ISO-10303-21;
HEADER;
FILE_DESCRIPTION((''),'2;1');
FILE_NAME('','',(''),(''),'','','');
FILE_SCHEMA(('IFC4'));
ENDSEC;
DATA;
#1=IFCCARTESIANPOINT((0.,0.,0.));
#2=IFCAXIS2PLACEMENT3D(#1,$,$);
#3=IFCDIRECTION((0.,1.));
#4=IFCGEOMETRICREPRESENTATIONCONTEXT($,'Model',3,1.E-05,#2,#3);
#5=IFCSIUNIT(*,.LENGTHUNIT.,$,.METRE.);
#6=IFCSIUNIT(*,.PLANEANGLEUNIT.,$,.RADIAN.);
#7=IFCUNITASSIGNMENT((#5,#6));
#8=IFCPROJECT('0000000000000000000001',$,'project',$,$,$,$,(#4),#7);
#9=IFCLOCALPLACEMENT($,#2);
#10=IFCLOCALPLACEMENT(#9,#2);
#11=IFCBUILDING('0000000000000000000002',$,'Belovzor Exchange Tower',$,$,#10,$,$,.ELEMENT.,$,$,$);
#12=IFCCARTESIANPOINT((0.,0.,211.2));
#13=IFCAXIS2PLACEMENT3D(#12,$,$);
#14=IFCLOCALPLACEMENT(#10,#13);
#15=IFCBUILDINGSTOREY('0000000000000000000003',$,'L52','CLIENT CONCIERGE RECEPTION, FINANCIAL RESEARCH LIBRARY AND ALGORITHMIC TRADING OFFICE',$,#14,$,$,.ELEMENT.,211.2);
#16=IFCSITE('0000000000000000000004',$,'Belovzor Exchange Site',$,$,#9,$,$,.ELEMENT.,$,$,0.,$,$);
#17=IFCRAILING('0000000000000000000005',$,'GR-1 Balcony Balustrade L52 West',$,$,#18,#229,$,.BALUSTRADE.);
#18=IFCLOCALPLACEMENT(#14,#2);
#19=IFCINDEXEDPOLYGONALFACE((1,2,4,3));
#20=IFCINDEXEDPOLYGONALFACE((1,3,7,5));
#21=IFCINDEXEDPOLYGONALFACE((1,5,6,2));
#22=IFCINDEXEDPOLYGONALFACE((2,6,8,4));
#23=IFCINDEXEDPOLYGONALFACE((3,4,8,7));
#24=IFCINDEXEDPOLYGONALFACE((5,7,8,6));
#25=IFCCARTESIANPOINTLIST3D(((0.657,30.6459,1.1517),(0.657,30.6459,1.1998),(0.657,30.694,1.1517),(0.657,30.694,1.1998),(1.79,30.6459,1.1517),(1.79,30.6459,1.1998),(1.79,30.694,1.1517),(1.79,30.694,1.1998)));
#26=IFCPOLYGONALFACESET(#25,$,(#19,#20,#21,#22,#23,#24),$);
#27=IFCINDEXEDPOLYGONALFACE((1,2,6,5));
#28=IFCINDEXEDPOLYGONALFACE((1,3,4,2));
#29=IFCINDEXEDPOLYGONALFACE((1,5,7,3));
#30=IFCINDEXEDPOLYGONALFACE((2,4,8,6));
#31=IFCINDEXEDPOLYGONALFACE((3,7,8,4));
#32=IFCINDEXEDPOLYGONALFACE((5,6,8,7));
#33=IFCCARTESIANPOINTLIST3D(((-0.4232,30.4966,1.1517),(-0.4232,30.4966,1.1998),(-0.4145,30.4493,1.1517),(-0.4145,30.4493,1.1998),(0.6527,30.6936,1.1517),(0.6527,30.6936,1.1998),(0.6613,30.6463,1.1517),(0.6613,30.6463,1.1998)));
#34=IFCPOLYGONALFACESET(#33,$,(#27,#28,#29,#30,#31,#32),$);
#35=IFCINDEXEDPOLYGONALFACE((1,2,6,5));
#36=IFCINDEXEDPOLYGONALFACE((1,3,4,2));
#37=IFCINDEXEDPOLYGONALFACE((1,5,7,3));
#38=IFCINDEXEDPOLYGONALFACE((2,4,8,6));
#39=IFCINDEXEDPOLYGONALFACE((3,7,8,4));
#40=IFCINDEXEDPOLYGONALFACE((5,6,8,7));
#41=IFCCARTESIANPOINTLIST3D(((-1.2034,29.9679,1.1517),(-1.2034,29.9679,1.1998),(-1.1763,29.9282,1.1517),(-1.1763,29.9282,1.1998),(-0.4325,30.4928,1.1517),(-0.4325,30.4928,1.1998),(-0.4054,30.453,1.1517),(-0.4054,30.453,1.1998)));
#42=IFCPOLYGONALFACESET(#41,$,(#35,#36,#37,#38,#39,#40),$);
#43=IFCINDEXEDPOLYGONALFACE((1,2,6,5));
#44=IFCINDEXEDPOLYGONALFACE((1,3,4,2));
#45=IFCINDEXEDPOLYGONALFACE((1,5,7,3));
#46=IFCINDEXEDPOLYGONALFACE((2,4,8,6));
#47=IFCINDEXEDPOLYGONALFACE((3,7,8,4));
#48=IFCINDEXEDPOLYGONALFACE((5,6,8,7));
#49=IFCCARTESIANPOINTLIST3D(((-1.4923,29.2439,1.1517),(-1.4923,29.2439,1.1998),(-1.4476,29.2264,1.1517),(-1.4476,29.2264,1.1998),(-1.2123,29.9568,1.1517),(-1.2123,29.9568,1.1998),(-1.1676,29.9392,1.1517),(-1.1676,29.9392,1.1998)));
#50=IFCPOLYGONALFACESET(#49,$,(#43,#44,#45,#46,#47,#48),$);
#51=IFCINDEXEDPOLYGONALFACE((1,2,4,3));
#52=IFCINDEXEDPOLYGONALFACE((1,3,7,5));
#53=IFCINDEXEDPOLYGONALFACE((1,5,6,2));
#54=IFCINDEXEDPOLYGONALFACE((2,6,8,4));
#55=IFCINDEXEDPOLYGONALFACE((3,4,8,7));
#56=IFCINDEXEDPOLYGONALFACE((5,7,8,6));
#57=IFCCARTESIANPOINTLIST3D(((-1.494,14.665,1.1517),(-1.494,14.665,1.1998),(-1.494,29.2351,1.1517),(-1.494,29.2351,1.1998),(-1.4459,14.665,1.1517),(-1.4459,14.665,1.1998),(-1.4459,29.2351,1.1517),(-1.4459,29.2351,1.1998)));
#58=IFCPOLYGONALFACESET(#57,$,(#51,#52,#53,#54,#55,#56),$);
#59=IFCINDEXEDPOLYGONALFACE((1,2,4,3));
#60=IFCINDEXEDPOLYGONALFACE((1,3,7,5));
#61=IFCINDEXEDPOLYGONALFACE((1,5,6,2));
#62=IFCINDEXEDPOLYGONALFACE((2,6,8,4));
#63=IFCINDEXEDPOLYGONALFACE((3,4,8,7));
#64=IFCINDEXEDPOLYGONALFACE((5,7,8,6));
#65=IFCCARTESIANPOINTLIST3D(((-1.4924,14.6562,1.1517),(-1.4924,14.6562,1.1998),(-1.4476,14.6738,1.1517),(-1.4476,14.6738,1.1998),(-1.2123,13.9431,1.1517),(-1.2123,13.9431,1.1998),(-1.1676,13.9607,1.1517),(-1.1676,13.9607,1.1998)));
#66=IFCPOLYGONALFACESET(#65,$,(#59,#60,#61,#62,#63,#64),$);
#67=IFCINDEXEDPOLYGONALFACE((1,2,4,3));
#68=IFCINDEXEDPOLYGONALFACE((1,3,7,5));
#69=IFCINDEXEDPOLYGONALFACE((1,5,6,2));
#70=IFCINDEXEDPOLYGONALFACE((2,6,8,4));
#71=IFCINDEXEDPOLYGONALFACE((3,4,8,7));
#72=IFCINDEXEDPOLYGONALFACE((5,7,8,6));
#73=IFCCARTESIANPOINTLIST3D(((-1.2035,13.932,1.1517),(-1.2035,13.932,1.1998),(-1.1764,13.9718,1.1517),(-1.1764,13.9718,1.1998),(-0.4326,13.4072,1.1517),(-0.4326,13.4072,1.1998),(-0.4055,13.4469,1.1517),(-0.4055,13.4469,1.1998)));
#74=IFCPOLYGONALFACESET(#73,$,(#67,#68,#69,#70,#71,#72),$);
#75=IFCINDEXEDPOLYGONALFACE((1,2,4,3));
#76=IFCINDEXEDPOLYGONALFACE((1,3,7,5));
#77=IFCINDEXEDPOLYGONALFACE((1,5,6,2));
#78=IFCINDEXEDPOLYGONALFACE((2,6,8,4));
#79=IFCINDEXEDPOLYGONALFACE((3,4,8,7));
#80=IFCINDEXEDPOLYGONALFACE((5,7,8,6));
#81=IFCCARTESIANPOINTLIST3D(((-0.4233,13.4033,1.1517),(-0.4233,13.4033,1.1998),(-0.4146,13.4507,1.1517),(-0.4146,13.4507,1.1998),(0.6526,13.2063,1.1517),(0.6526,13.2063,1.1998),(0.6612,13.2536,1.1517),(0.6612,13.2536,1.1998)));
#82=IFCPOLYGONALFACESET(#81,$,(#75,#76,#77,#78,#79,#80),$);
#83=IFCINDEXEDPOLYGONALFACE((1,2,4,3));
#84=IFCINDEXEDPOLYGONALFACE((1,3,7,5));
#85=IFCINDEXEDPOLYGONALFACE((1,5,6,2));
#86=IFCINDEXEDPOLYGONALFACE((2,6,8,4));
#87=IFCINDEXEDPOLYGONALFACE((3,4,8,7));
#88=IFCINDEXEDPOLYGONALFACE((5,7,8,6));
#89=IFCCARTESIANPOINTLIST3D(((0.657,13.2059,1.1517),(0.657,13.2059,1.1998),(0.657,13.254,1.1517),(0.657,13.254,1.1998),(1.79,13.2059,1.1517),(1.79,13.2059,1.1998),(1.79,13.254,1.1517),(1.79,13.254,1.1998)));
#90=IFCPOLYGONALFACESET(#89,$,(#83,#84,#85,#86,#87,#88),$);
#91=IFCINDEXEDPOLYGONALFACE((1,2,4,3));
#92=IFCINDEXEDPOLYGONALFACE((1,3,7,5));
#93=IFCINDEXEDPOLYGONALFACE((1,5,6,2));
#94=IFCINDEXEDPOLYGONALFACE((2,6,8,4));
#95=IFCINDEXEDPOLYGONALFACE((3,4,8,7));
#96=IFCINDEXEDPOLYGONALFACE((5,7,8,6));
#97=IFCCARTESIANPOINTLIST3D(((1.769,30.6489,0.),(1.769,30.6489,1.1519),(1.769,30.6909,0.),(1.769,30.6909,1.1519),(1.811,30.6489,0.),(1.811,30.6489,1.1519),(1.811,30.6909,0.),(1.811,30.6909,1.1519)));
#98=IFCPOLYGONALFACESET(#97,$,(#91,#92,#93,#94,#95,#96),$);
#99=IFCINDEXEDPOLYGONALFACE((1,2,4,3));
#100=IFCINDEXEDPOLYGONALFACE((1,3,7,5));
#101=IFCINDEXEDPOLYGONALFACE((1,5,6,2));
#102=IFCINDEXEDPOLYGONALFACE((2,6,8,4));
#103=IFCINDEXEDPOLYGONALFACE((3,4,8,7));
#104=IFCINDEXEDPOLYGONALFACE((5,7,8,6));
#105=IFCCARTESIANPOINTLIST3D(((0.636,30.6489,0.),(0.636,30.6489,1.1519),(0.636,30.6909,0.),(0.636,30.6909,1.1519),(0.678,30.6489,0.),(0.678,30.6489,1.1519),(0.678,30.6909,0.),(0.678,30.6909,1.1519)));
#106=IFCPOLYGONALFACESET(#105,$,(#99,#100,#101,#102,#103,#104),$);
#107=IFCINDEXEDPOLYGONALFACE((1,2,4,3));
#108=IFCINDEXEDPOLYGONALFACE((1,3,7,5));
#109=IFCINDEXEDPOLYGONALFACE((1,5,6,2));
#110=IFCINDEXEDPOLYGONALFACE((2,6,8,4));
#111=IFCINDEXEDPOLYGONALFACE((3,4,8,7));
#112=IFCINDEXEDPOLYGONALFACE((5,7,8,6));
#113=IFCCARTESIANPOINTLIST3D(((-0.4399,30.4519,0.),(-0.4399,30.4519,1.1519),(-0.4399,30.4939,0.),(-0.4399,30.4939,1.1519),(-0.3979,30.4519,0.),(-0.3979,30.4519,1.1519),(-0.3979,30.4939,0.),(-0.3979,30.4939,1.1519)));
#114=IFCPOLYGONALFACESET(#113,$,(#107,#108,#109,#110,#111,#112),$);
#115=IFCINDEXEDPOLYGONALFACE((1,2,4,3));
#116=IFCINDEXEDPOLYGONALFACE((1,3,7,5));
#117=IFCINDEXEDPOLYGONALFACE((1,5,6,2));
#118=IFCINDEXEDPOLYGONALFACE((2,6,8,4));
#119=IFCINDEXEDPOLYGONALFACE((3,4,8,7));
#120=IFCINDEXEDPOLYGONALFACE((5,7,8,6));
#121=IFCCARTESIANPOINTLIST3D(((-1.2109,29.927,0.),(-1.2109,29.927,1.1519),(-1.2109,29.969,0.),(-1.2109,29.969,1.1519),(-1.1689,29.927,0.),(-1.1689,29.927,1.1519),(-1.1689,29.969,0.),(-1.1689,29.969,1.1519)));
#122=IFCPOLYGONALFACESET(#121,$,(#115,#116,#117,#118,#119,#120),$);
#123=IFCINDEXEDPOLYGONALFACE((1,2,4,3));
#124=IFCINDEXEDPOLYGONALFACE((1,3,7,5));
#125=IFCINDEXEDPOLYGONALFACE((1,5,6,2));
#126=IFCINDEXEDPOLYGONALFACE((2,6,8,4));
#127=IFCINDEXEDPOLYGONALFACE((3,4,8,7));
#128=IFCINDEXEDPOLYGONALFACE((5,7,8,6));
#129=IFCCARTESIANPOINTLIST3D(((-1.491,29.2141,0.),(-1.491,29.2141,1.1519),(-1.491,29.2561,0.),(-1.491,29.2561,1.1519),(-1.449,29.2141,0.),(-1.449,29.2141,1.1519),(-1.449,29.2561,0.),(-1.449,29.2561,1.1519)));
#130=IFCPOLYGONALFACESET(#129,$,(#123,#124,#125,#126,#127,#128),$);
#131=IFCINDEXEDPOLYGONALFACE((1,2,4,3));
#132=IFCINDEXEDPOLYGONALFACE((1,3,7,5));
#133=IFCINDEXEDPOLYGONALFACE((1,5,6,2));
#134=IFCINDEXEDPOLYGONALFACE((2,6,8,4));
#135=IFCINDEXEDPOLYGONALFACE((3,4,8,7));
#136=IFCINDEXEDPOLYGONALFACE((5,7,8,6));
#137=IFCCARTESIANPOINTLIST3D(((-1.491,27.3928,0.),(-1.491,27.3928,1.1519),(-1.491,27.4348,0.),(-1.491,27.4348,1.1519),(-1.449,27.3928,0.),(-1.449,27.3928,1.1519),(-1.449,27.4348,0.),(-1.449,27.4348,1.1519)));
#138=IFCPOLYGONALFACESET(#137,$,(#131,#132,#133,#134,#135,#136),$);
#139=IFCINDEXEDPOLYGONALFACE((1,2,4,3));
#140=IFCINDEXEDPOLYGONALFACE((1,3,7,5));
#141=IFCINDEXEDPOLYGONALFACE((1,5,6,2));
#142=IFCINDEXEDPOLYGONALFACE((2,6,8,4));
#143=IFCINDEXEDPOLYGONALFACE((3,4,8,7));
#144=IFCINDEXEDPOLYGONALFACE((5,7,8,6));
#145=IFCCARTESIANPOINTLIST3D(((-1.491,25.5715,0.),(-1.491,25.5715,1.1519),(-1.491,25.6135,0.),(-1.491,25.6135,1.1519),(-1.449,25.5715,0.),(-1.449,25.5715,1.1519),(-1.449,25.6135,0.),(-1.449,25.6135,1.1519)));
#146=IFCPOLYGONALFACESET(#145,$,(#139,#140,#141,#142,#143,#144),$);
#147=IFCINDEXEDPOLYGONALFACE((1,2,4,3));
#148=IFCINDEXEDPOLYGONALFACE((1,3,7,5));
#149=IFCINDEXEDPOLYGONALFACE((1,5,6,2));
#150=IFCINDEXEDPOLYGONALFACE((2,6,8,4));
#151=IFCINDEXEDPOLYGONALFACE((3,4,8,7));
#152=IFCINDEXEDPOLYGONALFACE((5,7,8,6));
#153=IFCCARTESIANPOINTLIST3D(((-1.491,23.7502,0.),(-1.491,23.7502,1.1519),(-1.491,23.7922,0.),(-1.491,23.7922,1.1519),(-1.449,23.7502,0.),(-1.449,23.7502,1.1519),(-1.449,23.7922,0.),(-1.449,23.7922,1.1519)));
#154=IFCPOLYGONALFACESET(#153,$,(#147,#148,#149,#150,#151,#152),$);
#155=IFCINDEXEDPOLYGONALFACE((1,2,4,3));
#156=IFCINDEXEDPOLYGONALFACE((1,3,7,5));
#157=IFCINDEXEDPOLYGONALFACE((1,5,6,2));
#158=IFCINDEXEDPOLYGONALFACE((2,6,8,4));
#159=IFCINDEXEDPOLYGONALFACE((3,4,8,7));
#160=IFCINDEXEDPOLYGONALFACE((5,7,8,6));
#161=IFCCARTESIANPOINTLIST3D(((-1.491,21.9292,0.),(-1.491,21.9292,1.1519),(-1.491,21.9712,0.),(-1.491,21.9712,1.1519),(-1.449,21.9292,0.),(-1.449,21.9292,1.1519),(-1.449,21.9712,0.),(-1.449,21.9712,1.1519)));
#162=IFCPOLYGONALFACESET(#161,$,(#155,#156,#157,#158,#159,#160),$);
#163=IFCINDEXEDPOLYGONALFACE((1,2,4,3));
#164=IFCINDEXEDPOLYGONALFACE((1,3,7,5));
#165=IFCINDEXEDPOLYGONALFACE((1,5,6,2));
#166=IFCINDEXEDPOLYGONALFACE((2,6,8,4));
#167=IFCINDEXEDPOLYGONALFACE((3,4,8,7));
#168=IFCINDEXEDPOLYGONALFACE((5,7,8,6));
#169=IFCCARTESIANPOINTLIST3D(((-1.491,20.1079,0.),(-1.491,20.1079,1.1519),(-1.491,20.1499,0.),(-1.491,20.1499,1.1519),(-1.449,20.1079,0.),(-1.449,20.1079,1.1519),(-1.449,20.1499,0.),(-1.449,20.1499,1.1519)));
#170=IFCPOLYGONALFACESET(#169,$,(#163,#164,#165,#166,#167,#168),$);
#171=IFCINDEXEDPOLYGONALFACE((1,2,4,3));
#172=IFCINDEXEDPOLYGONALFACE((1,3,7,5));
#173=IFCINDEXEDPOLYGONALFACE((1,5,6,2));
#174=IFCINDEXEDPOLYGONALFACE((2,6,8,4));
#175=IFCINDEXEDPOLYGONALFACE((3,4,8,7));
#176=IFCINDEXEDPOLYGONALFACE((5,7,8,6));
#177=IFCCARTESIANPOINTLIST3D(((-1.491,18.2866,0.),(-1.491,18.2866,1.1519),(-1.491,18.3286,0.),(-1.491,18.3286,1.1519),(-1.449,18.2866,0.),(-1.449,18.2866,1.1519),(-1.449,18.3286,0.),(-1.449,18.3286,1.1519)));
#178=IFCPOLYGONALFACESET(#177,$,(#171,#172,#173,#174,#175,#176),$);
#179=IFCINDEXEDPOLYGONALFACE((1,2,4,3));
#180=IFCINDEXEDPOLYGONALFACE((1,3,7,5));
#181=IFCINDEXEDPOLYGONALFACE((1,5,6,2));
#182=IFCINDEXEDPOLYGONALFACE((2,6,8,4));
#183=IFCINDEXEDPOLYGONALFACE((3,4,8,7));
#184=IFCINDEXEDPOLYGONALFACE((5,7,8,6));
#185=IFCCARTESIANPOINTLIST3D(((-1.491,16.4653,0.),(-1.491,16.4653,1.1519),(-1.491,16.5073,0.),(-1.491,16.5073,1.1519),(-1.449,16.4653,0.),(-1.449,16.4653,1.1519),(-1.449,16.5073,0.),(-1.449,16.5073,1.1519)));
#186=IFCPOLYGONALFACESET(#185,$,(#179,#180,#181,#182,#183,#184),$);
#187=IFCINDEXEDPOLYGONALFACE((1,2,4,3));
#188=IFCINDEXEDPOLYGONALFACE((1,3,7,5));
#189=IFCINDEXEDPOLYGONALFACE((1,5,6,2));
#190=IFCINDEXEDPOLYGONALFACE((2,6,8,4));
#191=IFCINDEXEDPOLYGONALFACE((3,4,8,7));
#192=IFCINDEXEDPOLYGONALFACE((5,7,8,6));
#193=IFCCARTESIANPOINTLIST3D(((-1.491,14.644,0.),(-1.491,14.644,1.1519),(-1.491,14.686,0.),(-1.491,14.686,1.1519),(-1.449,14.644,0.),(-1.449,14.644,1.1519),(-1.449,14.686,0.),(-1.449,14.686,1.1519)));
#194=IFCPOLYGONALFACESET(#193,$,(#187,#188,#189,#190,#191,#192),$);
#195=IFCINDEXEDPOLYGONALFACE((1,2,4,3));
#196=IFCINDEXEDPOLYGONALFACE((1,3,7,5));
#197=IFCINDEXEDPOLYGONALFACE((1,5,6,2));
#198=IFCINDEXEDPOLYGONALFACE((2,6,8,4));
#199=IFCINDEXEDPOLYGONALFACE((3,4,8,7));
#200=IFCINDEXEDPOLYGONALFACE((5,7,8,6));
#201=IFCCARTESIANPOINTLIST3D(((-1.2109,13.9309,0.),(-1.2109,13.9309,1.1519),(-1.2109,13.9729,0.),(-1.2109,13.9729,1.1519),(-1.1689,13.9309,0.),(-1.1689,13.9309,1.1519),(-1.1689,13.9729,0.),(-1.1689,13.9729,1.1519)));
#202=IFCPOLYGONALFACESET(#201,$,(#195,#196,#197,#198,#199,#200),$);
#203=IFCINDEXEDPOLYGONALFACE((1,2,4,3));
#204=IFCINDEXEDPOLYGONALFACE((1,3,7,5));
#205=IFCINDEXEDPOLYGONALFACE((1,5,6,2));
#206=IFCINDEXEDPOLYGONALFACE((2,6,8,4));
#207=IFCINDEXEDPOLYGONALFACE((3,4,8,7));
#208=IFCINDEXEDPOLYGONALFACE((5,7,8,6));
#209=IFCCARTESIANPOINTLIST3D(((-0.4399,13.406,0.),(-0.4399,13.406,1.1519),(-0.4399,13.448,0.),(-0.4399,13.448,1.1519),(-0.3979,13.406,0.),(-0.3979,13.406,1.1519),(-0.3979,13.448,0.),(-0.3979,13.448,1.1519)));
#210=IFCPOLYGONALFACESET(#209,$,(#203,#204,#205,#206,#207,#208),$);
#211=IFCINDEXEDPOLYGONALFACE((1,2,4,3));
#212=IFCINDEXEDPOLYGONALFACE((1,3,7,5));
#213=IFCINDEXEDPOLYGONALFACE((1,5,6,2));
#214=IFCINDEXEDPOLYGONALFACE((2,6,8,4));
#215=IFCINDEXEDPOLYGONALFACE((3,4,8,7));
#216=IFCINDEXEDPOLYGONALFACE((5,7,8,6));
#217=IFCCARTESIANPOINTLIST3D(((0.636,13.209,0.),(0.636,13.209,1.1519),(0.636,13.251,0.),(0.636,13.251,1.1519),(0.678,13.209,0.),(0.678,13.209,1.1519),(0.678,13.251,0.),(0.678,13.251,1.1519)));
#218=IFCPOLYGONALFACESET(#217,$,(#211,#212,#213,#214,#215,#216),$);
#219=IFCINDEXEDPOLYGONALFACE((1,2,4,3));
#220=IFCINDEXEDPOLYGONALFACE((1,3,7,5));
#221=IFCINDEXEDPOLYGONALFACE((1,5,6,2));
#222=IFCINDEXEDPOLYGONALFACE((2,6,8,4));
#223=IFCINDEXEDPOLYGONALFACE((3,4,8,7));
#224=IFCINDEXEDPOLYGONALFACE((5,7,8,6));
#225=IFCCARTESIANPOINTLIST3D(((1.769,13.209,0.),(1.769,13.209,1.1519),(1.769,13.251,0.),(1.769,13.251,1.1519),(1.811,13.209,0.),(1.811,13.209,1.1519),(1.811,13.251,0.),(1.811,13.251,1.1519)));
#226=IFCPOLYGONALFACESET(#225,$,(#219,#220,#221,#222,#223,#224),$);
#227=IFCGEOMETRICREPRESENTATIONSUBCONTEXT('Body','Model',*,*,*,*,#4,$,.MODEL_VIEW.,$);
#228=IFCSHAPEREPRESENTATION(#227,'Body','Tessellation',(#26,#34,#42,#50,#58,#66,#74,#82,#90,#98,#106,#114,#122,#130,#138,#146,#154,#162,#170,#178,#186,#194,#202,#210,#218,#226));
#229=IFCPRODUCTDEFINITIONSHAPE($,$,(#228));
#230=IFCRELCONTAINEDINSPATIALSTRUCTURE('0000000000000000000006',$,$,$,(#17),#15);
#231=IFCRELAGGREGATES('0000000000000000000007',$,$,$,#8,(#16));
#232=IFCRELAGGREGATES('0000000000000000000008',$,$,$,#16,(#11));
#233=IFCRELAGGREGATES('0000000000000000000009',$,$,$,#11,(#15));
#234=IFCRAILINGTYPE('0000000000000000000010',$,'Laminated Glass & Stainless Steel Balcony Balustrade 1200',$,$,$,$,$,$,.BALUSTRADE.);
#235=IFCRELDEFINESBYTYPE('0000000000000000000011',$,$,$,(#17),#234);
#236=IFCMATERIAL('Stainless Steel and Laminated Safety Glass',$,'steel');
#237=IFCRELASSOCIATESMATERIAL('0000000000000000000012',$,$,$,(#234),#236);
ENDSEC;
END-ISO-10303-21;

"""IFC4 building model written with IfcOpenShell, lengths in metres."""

from ifc_helpers import new_model, si_unit, direction, frame, origin, origin_2d, place, context, subcontext, project, spatial, rectangle, extrude, material, type_object, element, save


model = new_model("IFC4")

# Units and contexts
model_context = context("Model", 3, precision=1e-05, world=origin(), true_north=direction((0.0, 1.0)))
body_context = subcontext(model_context, "Body", "Model", "MODEL_VIEW")
ifc_project = project(units=[si_unit("LENGTHUNIT", "METRE"), si_unit("PLANEANGLEUNIT", "RADIAN")], contexts=[model_context])

# Site, building, storey
site_placement = place(None, origin())
site = spatial("IfcSite", under=ifc_project, at=site_placement, Name="Belovzor Exchange Site", CompositionType="ELEMENT", RefElevation=0.0)
building_placement = place(site_placement, origin())
building = spatial("IfcBuilding", under=site, at=building_placement, Name="Belovzor Exchange Tower", CompositionType="ELEMENT")
storey_placement = place(building_placement, frame((0.0, 0.0, 211.2)))
storey = spatial("IfcBuildingStorey", under=building, at=storey_placement, Name="L52", Description="CLIENT CONCIERGE RECEPTION, FINANCIAL RESEARCH LIBRARY AND ALGORITHMIC TRADING OFFICE", CompositionType="ELEMENT", Elevation=211.2)

# Railing
ifc_material_1 = material(Name="Stainless Steel and Laminated Safety Glass", Category="steel")
railing_type = type_object("IfcRailingType", Name="Laminated Glass & Stainless Steel Balcony Balustrade 1200", PredefinedType="BALUSTRADE", material=ifc_material_1)
railing_placement = place(storey_placement, frame((1.79, 30.6699, 0.0)))
element("IfcRailing", 1, at=railing_placement, inside=storey, type_object=railing_type, Name="GR-1 Balcony Balustrade L52 West", PredefinedType="BALUSTRADE", context=body_context, shape_type="SweptSolid", body=[
    extrude(rectangle(XDim=0.0481, YDim=0.0481, at=origin_2d()), frame((0.0, 0.0, 1.1758), z_axis=(-1.0, 0.0, 0.0), x_axis=(0.0, -1.0, 0.0)), (0.0, 0.0, 1.0), 1.1331),
    extrude(rectangle(XDim=0.0481, YDim=0.0481, at=origin_2d()), frame((-1.1331, 0.0, 1.1758), z_axis=(-0.983644, -0.180123, 0.0), x_axis=(0.180123, -0.983644, 0.0)), (0.0, 0.0, 1.0), 1.0938),
    extrude(rectangle(XDim=0.0481, YDim=0.0481, at=origin_2d()), frame((-2.209, -0.197, 1.1758), z_axis=(-0.826615, -0.562768, 0.0), x_axis=(0.562768, -0.826615, 0.0)), (0.0, 0.0, 1.0), 0.9326),
    extrude(rectangle(XDim=0.0481, YDim=0.0481, at=origin_2d()), frame((-2.98, -0.7219, 1.1758), z_axis=(-0.365613, -0.930767, 0.0), x_axis=(0.930767, -0.365613, 0.0)), (0.0, 0.0, 1.0), 0.7659),
    extrude(rectangle(XDim=0.0481, YDim=0.0481, at=origin_2d()), frame((-3.26, -1.4348, 1.1758), z_axis=(0.0, -1.0, 0.0), x_axis=(1.0, 0.0, 0.0)), (0.0, 0.0, 1.0), 14.5701),
    extrude(rectangle(XDim=0.0481, YDim=0.0481, at=origin_2d()), frame((-3.26, -16.0049, 1.1758), z_axis=(0.365504, -0.93081, 0.0), x_axis=(0.93081, 0.365504, 0.0)), (0.0, 0.0, 1.0), 0.7661),
    extrude(rectangle(XDim=0.0481, YDim=0.0481, at=origin_2d()), frame((-2.98, -16.718, 1.1758), z_axis=(0.826615, -0.562768, 0.0), x_axis=(0.562768, 0.826615, 0.0)), (0.0, 0.0, 1.0), 0.9326),
    extrude(rectangle(XDim=0.0481, YDim=0.0481, at=origin_2d()), frame((-2.209, -17.2429, 1.1758), z_axis=(0.983644, -0.180123, 0.0), x_axis=(0.180123, 0.983644, 0.0)), (0.0, 0.0, 1.0), 1.0938),
    extrude(rectangle(XDim=0.0481, YDim=0.0481, at=origin_2d()), frame((-1.1331, -17.4399, 1.1758), z_axis=(1.0, 0.0, 0.0), x_axis=(0.0, 1.0, 0.0)), (0.0, 0.0, 1.0), 1.1331),
    extrude(rectangle(XDim=0.042, YDim=0.042, at=origin_2d()), origin(), (0.0, 0.0, 1.0), 1.1519),
    extrude(rectangle(XDim=0.042, YDim=0.042, at=origin_2d()), frame((-1.1331, 0.0, 0.0)), (0.0, 0.0, 1.0), 1.1519),
    extrude(rectangle(XDim=0.042, YDim=0.042, at=origin_2d()), frame((-2.209, -0.197, 0.0)), (0.0, 0.0, 1.0), 1.1519),
    extrude(rectangle(XDim=0.042, YDim=0.042, at=origin_2d()), frame((-2.98, -0.7219, 0.0)), (0.0, 0.0, 1.0), 1.1519),
    extrude(rectangle(XDim=0.042, YDim=0.042, at=origin_2d()), frame((-3.26, -1.4348, 0.0)), (0.0, 0.0, 1.0), 1.1519),
    extrude(rectangle(XDim=0.042, YDim=0.042, at=origin_2d()), frame((-3.26, -3.2561, 0.0)), (0.0, 0.0, 1.0), 1.1519),
    extrude(rectangle(XDim=0.042, YDim=0.042, at=origin_2d()), frame((-3.26, -5.0774, 0.0)), (0.0, 0.0, 1.0), 1.1519),
    extrude(rectangle(XDim=0.042, YDim=0.042, at=origin_2d()), frame((-3.26, -6.8987, 0.0)), (0.0, 0.0, 1.0), 1.1519),
    extrude(rectangle(XDim=0.042, YDim=0.042, at=origin_2d()), frame((-3.26, -8.7197, 0.0)), (0.0, 0.0, 1.0), 1.1519),
    extrude(rectangle(XDim=0.042, YDim=0.042, at=origin_2d()), frame((-3.26, -10.541, 0.0)), (0.0, 0.0, 1.0), 1.1519),
    extrude(rectangle(XDim=0.042, YDim=0.042, at=origin_2d()), frame((-3.26, -12.3623, 0.0)), (0.0, 0.0, 1.0), 1.1519),
    extrude(rectangle(XDim=0.042, YDim=0.042, at=origin_2d()), frame((-3.26, -14.1836, 0.0)), (0.0, 0.0, 1.0), 1.1519),
    extrude(rectangle(XDim=0.042, YDim=0.042, at=origin_2d()), frame((-3.26, -16.0049, 0.0)), (0.0, 0.0, 1.0), 1.1519),
    extrude(rectangle(XDim=0.042, YDim=0.042, at=origin_2d()), frame((-2.98, -16.718, 0.0)), (0.0, 0.0, 1.0), 1.1519),
    extrude(rectangle(XDim=0.042, YDim=0.042, at=origin_2d()), frame((-2.209, -17.2429, 0.0)), (0.0, 0.0, 1.0), 1.1519),
    extrude(rectangle(XDim=0.042, YDim=0.042, at=origin_2d()), frame((-1.1331, -17.4399, 0.0)), (0.0, 0.0, 1.0), 1.1519),
    extrude(rectangle(XDim=0.042, YDim=0.042, at=origin_2d()), frame((0.0, -17.4399, 0.0)), (0.0, 0.0, 1.0), 1.1519),
])

save(model, "model.ifc")
